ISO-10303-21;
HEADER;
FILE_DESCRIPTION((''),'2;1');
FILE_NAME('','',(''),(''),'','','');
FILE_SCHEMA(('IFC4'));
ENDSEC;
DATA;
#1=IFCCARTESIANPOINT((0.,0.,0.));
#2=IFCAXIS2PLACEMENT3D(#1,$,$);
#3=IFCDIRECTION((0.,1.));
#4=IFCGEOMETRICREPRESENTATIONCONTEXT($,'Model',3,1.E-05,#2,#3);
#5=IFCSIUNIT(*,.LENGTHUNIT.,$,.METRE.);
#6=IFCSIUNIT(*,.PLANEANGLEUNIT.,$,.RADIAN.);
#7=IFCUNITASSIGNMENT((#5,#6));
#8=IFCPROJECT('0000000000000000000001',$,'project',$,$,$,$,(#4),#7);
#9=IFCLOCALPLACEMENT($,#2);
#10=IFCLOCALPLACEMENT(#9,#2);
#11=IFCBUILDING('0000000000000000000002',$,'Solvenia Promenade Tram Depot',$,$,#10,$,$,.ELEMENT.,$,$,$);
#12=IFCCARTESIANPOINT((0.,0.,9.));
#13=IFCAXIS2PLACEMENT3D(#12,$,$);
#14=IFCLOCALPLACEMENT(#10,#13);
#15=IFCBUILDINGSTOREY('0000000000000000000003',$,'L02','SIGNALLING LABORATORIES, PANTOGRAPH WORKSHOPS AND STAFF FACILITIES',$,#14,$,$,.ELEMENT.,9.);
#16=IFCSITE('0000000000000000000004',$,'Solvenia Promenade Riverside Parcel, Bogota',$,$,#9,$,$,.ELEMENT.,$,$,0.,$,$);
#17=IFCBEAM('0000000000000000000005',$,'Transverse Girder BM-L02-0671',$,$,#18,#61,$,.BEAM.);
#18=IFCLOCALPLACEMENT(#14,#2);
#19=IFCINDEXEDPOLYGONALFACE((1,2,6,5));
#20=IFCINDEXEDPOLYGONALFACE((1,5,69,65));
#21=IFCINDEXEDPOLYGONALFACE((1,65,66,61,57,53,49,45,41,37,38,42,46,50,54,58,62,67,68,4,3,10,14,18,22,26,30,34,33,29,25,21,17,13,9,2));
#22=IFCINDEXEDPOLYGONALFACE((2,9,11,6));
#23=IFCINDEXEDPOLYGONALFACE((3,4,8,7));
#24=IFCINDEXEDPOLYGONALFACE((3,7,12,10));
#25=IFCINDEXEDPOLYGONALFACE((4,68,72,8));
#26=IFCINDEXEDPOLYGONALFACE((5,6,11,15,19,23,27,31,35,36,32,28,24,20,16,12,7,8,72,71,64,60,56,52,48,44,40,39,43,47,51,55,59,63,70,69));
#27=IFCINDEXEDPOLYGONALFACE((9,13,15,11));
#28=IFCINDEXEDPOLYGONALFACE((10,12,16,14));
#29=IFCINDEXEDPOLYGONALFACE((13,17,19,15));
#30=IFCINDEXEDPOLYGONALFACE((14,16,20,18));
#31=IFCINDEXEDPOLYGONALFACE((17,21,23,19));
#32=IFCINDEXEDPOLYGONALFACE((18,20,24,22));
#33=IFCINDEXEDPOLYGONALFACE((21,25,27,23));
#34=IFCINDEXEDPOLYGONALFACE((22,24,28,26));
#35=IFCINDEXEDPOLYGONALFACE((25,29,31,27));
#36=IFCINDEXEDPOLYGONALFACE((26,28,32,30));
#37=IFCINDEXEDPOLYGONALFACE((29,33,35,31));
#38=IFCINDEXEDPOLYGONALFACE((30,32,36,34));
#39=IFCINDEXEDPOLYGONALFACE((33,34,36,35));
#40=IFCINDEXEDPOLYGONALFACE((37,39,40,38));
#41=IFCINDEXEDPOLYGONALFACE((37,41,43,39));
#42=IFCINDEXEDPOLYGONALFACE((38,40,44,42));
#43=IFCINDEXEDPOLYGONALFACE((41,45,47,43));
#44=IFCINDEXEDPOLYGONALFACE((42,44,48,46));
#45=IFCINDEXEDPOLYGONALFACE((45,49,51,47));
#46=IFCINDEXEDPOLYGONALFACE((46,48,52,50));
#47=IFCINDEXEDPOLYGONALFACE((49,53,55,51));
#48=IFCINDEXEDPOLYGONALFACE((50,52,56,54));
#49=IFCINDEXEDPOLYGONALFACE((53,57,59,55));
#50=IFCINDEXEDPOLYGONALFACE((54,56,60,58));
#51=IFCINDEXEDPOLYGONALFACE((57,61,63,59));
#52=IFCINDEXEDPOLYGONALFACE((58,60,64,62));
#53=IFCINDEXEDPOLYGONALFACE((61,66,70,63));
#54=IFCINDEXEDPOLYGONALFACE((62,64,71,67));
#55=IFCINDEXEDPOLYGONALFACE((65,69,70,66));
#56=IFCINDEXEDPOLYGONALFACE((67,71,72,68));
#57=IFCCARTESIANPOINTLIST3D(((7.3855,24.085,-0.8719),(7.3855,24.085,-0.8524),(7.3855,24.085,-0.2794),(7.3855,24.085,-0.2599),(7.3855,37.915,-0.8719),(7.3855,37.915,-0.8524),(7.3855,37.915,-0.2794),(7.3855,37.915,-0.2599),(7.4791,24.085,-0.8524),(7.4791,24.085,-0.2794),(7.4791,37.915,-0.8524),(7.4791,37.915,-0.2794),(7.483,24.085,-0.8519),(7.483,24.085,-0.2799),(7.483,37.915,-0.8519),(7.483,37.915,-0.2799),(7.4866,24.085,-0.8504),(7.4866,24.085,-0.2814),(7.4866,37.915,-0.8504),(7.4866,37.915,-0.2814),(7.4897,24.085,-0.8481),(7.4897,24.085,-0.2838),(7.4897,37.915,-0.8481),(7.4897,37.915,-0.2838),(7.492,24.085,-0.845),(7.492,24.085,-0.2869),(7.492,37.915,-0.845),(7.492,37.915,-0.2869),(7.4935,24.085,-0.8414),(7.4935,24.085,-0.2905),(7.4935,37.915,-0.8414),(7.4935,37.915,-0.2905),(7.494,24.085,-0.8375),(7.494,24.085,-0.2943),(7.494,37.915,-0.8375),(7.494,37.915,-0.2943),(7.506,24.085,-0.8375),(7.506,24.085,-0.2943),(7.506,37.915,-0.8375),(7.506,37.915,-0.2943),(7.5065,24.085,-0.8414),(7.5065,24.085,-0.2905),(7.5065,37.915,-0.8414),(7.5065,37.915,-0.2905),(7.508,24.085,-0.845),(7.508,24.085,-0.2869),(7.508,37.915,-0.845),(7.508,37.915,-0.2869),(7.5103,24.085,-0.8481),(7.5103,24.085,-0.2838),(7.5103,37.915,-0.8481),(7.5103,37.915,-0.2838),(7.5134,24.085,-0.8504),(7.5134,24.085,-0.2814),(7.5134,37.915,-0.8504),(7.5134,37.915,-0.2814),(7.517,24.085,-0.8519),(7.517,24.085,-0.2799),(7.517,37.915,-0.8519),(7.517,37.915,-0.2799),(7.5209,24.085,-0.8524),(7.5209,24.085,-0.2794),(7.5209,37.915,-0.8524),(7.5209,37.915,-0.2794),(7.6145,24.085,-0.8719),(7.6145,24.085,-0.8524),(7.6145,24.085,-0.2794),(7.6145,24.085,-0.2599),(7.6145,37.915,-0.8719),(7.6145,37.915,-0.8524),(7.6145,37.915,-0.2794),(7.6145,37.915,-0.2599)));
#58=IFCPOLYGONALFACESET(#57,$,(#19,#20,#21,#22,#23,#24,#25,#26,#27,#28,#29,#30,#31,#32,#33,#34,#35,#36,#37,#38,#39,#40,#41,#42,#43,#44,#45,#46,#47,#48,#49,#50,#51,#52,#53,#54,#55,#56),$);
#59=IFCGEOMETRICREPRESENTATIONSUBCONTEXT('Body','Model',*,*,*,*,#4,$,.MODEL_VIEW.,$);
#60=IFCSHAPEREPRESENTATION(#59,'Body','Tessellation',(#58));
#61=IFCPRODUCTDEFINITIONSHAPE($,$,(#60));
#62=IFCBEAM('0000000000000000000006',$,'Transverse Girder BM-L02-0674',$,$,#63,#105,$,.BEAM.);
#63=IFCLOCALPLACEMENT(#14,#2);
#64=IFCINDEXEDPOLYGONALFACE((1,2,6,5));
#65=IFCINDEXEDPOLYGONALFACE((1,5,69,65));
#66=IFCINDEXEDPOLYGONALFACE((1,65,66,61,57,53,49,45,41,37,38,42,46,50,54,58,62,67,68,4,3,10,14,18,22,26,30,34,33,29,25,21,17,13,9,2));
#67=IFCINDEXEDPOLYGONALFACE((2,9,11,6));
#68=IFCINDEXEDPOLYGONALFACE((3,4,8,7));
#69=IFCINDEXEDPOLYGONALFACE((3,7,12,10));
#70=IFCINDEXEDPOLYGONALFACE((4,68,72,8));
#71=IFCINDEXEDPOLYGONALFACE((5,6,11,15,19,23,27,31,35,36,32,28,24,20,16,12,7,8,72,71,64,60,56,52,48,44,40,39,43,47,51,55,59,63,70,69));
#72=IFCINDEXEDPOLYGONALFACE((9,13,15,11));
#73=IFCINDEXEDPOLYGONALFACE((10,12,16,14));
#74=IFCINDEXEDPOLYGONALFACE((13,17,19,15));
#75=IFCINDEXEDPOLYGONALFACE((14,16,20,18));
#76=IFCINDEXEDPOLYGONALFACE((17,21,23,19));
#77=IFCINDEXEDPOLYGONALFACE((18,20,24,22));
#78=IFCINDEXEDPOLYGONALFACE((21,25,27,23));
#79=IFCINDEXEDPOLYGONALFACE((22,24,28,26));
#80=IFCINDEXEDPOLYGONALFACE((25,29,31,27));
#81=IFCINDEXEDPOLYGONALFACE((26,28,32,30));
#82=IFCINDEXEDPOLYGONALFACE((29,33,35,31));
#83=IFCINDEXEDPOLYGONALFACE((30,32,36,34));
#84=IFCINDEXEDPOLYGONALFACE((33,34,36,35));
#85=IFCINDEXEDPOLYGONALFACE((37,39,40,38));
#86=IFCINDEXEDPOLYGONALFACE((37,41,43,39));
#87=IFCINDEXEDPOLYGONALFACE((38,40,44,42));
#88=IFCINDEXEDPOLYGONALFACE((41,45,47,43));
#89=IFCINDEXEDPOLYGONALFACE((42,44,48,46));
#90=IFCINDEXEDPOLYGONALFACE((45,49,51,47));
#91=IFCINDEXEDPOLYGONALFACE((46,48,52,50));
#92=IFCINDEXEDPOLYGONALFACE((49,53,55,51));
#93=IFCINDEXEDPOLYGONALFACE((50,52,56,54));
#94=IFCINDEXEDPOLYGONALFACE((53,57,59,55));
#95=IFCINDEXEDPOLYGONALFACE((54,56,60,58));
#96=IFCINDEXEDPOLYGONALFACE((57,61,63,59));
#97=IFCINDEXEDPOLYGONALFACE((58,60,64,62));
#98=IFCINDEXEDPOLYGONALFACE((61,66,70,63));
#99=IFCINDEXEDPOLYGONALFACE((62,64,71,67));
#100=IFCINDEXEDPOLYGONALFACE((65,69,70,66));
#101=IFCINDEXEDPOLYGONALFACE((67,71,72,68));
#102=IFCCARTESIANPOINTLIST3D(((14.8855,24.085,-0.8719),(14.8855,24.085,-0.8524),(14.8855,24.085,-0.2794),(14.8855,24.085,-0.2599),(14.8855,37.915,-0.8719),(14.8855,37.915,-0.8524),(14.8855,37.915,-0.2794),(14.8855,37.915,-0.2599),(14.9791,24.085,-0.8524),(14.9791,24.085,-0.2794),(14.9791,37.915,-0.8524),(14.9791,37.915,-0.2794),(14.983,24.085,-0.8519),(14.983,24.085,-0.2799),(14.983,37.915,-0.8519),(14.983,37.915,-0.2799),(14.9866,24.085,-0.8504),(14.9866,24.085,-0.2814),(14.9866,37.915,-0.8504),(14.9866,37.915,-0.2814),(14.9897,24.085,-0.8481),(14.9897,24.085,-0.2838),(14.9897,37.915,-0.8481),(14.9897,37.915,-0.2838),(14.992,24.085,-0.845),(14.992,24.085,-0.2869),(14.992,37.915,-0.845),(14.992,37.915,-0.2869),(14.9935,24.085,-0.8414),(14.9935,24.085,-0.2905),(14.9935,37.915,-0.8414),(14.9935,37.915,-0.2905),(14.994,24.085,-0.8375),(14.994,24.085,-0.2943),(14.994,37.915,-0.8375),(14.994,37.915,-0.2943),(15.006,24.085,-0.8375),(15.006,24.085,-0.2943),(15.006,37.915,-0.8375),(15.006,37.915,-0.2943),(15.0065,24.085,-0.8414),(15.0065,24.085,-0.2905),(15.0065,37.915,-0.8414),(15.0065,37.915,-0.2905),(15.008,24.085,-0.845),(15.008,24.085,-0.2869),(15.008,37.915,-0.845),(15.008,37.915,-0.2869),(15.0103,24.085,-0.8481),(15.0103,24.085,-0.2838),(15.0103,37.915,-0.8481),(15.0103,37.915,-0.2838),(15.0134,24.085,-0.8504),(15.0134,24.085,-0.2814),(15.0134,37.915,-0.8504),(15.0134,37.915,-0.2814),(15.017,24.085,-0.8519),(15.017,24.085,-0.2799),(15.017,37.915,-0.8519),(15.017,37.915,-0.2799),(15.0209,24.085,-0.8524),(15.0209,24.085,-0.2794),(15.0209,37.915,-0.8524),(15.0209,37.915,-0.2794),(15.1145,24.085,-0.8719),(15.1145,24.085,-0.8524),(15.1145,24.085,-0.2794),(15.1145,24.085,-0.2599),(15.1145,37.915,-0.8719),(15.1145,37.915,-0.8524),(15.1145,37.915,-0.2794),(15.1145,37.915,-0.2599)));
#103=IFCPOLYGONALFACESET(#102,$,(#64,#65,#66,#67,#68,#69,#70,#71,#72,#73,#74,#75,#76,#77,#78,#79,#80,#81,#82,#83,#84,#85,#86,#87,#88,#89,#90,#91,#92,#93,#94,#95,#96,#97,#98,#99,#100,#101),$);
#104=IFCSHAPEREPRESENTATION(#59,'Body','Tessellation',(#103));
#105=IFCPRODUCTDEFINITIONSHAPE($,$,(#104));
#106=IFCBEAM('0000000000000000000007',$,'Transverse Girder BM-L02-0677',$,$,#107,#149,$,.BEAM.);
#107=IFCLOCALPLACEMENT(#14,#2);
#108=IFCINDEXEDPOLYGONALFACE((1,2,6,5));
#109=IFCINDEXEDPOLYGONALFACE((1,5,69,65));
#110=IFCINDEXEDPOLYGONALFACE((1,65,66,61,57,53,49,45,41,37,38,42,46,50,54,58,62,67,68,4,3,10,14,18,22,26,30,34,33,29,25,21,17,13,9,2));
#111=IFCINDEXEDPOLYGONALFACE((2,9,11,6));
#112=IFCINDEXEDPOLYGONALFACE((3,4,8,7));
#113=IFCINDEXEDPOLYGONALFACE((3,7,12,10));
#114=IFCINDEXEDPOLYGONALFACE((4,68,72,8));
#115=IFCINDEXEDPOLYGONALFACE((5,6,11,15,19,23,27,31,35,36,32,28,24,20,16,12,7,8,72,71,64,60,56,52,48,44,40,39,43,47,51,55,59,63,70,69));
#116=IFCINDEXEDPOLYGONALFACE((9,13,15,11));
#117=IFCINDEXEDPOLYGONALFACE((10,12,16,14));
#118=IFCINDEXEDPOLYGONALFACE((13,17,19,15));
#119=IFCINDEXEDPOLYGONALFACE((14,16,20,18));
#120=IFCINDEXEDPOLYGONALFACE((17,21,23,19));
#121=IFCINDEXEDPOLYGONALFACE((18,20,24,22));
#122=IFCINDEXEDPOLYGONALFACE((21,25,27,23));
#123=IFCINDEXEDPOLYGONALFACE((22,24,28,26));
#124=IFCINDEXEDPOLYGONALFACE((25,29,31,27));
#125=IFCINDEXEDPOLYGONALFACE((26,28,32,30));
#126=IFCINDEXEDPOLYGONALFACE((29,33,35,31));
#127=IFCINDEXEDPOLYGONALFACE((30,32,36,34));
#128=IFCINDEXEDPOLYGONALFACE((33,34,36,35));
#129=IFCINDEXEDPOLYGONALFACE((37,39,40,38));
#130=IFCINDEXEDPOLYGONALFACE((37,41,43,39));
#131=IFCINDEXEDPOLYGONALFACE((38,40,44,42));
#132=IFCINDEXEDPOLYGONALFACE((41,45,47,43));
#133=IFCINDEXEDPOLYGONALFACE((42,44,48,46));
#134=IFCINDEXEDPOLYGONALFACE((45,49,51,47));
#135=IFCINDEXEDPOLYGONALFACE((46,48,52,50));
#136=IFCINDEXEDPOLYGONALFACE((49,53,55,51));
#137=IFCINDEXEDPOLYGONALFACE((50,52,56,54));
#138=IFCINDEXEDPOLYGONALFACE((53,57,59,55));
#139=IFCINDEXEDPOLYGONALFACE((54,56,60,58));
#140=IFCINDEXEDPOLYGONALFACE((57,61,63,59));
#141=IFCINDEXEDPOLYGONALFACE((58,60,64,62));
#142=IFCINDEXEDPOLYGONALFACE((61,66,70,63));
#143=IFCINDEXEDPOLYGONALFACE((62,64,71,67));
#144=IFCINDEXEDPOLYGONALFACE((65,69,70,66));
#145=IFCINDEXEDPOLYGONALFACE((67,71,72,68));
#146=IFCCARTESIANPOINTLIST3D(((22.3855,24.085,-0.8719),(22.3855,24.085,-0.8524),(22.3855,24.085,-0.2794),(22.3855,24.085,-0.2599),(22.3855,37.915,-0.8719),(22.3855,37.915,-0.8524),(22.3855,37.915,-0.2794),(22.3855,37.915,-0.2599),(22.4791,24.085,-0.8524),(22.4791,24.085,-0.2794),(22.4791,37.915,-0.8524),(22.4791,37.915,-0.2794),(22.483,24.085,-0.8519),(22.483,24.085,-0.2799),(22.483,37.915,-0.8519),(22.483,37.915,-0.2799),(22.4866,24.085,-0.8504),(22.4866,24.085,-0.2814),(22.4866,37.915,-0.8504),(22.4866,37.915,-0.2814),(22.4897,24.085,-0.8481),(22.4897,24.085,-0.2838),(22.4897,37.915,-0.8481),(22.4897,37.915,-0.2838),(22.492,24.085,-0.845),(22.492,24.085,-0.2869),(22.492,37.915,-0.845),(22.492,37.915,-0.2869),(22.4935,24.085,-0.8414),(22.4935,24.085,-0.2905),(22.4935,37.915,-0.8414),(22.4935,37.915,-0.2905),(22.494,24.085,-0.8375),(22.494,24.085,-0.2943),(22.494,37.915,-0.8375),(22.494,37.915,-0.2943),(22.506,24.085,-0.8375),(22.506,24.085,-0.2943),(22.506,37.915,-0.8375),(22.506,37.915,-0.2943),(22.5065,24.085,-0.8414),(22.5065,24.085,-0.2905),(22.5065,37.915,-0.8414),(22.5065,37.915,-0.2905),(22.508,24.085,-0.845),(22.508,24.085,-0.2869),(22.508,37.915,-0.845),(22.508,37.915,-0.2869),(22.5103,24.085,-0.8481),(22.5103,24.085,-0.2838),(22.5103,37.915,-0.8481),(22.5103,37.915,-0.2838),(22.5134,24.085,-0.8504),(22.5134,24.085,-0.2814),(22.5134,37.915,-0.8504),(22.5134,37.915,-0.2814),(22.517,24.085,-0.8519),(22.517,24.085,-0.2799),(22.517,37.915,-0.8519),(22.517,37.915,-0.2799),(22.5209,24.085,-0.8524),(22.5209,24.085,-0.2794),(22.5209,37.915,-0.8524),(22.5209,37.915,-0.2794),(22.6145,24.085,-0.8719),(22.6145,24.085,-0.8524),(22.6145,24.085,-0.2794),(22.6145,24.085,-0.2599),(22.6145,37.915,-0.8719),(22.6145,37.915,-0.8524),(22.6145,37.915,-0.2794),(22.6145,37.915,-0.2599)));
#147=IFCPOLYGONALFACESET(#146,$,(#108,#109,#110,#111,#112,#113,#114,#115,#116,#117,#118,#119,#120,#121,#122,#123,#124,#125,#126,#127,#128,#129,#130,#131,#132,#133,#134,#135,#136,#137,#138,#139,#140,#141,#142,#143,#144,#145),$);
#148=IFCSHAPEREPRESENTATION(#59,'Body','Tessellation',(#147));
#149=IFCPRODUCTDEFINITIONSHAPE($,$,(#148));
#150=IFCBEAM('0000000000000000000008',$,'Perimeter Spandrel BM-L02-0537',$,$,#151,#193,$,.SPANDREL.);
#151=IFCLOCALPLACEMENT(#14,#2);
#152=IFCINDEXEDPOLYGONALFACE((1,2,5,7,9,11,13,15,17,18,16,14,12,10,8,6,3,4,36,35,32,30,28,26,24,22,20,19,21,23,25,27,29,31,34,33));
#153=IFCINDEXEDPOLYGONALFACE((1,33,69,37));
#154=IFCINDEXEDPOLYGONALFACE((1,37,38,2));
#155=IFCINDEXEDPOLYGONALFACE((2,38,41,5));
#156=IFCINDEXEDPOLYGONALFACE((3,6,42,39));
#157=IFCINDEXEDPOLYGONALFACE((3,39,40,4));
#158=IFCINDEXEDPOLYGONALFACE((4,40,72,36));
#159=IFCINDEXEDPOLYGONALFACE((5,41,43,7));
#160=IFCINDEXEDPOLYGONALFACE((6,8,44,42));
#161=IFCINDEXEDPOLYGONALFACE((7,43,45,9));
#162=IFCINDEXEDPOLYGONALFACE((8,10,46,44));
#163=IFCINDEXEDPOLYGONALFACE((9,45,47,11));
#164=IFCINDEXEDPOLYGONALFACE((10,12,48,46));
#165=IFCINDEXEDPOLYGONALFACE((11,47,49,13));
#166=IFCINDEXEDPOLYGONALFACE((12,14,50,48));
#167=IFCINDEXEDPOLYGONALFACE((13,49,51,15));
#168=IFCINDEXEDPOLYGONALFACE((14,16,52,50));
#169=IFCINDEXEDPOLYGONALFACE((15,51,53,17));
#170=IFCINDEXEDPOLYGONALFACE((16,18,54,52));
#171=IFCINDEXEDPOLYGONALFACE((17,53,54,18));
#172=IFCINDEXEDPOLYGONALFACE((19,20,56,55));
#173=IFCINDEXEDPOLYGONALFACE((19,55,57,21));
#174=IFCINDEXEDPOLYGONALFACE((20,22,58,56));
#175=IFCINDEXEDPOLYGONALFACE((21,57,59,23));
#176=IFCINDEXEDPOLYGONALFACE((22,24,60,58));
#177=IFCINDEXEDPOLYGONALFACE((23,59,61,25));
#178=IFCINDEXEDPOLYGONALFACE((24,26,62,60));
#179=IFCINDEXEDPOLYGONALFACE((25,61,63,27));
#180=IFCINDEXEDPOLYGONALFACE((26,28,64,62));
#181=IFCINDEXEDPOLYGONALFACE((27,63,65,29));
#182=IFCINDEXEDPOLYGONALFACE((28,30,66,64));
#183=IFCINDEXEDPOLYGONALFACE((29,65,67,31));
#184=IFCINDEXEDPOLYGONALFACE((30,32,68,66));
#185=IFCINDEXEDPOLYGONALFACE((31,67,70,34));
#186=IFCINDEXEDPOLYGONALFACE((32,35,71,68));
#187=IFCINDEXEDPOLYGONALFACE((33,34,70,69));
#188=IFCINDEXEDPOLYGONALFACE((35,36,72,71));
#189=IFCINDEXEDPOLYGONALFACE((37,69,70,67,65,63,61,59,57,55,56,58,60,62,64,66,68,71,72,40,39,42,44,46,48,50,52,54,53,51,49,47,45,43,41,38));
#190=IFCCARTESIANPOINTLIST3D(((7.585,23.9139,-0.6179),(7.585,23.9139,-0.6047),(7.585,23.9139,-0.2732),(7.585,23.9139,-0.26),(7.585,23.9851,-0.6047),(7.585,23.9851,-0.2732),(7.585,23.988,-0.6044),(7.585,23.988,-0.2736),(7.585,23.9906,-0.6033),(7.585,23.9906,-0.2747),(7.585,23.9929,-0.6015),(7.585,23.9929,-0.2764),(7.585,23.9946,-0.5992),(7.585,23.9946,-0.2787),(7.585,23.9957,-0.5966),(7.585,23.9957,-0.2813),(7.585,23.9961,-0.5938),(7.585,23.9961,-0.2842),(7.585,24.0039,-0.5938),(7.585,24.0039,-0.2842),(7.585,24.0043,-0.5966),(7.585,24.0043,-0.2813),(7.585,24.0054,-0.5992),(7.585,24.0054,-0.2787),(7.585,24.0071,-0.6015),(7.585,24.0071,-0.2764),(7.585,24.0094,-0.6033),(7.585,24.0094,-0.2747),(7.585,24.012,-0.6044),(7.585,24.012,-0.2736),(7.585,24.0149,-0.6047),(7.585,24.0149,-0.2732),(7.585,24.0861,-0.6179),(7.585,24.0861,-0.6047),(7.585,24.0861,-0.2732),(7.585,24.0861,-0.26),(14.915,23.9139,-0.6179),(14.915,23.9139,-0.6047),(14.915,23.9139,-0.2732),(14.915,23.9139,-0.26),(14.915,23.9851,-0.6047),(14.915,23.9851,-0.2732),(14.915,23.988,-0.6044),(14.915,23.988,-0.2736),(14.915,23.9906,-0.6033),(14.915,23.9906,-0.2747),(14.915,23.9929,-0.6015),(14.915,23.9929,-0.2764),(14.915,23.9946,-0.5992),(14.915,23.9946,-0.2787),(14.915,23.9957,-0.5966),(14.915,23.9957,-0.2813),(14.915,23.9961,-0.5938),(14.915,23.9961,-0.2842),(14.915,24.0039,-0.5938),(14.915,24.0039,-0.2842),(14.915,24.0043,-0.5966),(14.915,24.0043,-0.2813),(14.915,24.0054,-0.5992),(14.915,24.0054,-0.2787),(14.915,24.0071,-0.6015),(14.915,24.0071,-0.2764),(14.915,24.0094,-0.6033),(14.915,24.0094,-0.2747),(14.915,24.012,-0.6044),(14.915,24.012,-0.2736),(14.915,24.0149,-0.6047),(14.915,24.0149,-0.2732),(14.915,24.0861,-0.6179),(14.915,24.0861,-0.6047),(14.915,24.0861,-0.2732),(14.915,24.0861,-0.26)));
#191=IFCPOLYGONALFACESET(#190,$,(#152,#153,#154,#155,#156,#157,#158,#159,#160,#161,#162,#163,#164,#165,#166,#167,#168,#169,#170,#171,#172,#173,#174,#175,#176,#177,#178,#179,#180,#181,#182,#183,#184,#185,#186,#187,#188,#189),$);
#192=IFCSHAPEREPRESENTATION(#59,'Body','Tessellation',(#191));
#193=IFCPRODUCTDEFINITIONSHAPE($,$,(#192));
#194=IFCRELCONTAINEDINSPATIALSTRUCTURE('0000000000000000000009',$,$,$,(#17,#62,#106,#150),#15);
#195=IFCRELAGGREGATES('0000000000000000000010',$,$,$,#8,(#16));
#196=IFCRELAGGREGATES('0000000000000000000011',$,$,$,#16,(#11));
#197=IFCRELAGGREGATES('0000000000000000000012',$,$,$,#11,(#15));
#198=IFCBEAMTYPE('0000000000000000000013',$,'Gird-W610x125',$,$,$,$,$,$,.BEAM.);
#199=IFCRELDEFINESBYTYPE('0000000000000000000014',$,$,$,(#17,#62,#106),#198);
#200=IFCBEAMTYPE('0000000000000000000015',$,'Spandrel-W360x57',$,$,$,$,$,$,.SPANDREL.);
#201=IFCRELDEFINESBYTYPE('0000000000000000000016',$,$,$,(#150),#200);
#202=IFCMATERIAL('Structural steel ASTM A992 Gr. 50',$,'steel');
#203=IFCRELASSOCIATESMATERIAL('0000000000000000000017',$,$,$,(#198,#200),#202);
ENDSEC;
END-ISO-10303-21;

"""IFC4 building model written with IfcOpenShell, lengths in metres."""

from ifc_helpers import new_model, si_unit, direction, frame, origin, origin_2d, place, context, subcontext, project, spatial, i_section, extrude, material, material_profile, profile_set, type_object, element, save


model = new_model("IFC4")

# Units and contexts
model_context = context("Model", 3, precision=1e-05, world=origin(), true_north=direction((0.0, 1.0)))
body_context = subcontext(model_context, "Body", "Model", "MODEL_VIEW")
ifc_project = project(units=[si_unit("LENGTHUNIT", "METRE"), si_unit("PLANEANGLEUNIT", "RADIAN")], contexts=[model_context])

# Site, building, storey
site_placement = place(None, origin())
site = spatial("IfcSite", under=ifc_project, at=site_placement, Name="Solvenia Promenade Riverside Parcel, Bogota", CompositionType="ELEMENT", RefElevation=0.0)
building_placement = place(site_placement, origin())
building = spatial("IfcBuilding", under=site, at=building_placement, Name="Solvenia Promenade Tram Depot", CompositionType="ELEMENT")
storey_placement = place(building_placement, frame((0.0, 0.0, 9.0)))
storey = spatial("IfcBuildingStorey", under=building, at=storey_placement, Name="L02", Description="SIGNALLING LABORATORIES, PANTOGRAPH WORKSHOPS AND STAFF FACILITIES", CompositionType="ELEMENT", Elevation=9.0)

# Shared definitions
ifc_material_1 = material(Name="Structural steel ASTM A992 Gr. 50", Category="steel")

# Beams
ifc_material_profile_1 = material_profile(ifc_material_1, i_section(OverallWidth=0.229, OverallDepth=0.6121, WebThickness=0.012, FlangeThickness=0.0195, FilletRadius=0.0149, at=origin_2d()), Name="W610x125", Category="steel")
ifc_profile_set_1 = profile_set([ifc_material_profile_1], Name="Structural steel ASTM A992 Gr. 50")
beam_type_1 = type_object("IfcBeamType", Name="Gird-W610x125", PredefinedType="BEAM", material=ifc_profile_set_1)
for number, where, z_axis, x_axis, name in (
    (1, (7.5, 24.085, -0.5659), (0.0, 1.0, 0.0), (-1.0, 0.0, 0.0), "Transverse Girder BM-L02-0671"),
    (2, (15.0, 24.085, -0.5659), (0.0, 1.0, 0.0), (-1.0, 0.0, 0.0), "Transverse Girder BM-L02-0674"),
    (3, (22.5, 24.085, -0.5659), (0.0, 1.0, 0.0), (-1.0, 0.0, 0.0), "Transverse Girder BM-L02-0677"),
):
    element("IfcBeam", number, at=place(storey_placement, frame(where, z_axis=z_axis, x_axis=x_axis)), inside=storey, type_object=beam_type_1, Name=name, PredefinedType="BEAM", context=body_context, shape_type="SweptSolid", body=[
        extrude(i_section(OverallWidth=0.229, OverallDepth=0.6121, WebThickness=0.012, FlangeThickness=0.0195, FilletRadius=0.0149, at=origin_2d()), origin(), (0.0, 0.0, 1.0), 13.8301),
    ])
ifc_material_profile_2 = material_profile(ifc_material_1, i_section(OverallWidth=0.1721, OverallDepth=0.3579, WebThickness=0.0078, FlangeThickness=0.0132, FilletRadius=0.011, at=origin_2d()), Name="W360x57", Category="steel")
ifc_profile_set_2 = profile_set([ifc_material_profile_2], Name="Structural steel ASTM A992 Gr. 50")
beam_type_2 = type_object("IfcBeamType", Name="Spandrel-W360x57", PredefinedType="SPANDREL", material=ifc_profile_set_2)
for number, where, z_axis, x_axis, name in (
    (4, (7.585, 24.0, -0.439), (1.0, 0.0, 0.0), (0.0, 1.0, 0.0), "Perimeter Spandrel BM-L02-0537"),
):
    element("IfcBeam", number, at=place(storey_placement, frame(where, z_axis=z_axis, x_axis=x_axis)), inside=storey, type_object=beam_type_2, Name=name, PredefinedType="SPANDREL", context=body_context, shape_type="SweptSolid", body=[
        extrude(i_section(OverallWidth=0.1721, OverallDepth=0.3579, WebThickness=0.0078, FlangeThickness=0.0132, FilletRadius=0.011, at=origin_2d()), origin(), (0.0, 0.0, 1.0), 7.3301),
    ])

save(model, "model.ifc")
